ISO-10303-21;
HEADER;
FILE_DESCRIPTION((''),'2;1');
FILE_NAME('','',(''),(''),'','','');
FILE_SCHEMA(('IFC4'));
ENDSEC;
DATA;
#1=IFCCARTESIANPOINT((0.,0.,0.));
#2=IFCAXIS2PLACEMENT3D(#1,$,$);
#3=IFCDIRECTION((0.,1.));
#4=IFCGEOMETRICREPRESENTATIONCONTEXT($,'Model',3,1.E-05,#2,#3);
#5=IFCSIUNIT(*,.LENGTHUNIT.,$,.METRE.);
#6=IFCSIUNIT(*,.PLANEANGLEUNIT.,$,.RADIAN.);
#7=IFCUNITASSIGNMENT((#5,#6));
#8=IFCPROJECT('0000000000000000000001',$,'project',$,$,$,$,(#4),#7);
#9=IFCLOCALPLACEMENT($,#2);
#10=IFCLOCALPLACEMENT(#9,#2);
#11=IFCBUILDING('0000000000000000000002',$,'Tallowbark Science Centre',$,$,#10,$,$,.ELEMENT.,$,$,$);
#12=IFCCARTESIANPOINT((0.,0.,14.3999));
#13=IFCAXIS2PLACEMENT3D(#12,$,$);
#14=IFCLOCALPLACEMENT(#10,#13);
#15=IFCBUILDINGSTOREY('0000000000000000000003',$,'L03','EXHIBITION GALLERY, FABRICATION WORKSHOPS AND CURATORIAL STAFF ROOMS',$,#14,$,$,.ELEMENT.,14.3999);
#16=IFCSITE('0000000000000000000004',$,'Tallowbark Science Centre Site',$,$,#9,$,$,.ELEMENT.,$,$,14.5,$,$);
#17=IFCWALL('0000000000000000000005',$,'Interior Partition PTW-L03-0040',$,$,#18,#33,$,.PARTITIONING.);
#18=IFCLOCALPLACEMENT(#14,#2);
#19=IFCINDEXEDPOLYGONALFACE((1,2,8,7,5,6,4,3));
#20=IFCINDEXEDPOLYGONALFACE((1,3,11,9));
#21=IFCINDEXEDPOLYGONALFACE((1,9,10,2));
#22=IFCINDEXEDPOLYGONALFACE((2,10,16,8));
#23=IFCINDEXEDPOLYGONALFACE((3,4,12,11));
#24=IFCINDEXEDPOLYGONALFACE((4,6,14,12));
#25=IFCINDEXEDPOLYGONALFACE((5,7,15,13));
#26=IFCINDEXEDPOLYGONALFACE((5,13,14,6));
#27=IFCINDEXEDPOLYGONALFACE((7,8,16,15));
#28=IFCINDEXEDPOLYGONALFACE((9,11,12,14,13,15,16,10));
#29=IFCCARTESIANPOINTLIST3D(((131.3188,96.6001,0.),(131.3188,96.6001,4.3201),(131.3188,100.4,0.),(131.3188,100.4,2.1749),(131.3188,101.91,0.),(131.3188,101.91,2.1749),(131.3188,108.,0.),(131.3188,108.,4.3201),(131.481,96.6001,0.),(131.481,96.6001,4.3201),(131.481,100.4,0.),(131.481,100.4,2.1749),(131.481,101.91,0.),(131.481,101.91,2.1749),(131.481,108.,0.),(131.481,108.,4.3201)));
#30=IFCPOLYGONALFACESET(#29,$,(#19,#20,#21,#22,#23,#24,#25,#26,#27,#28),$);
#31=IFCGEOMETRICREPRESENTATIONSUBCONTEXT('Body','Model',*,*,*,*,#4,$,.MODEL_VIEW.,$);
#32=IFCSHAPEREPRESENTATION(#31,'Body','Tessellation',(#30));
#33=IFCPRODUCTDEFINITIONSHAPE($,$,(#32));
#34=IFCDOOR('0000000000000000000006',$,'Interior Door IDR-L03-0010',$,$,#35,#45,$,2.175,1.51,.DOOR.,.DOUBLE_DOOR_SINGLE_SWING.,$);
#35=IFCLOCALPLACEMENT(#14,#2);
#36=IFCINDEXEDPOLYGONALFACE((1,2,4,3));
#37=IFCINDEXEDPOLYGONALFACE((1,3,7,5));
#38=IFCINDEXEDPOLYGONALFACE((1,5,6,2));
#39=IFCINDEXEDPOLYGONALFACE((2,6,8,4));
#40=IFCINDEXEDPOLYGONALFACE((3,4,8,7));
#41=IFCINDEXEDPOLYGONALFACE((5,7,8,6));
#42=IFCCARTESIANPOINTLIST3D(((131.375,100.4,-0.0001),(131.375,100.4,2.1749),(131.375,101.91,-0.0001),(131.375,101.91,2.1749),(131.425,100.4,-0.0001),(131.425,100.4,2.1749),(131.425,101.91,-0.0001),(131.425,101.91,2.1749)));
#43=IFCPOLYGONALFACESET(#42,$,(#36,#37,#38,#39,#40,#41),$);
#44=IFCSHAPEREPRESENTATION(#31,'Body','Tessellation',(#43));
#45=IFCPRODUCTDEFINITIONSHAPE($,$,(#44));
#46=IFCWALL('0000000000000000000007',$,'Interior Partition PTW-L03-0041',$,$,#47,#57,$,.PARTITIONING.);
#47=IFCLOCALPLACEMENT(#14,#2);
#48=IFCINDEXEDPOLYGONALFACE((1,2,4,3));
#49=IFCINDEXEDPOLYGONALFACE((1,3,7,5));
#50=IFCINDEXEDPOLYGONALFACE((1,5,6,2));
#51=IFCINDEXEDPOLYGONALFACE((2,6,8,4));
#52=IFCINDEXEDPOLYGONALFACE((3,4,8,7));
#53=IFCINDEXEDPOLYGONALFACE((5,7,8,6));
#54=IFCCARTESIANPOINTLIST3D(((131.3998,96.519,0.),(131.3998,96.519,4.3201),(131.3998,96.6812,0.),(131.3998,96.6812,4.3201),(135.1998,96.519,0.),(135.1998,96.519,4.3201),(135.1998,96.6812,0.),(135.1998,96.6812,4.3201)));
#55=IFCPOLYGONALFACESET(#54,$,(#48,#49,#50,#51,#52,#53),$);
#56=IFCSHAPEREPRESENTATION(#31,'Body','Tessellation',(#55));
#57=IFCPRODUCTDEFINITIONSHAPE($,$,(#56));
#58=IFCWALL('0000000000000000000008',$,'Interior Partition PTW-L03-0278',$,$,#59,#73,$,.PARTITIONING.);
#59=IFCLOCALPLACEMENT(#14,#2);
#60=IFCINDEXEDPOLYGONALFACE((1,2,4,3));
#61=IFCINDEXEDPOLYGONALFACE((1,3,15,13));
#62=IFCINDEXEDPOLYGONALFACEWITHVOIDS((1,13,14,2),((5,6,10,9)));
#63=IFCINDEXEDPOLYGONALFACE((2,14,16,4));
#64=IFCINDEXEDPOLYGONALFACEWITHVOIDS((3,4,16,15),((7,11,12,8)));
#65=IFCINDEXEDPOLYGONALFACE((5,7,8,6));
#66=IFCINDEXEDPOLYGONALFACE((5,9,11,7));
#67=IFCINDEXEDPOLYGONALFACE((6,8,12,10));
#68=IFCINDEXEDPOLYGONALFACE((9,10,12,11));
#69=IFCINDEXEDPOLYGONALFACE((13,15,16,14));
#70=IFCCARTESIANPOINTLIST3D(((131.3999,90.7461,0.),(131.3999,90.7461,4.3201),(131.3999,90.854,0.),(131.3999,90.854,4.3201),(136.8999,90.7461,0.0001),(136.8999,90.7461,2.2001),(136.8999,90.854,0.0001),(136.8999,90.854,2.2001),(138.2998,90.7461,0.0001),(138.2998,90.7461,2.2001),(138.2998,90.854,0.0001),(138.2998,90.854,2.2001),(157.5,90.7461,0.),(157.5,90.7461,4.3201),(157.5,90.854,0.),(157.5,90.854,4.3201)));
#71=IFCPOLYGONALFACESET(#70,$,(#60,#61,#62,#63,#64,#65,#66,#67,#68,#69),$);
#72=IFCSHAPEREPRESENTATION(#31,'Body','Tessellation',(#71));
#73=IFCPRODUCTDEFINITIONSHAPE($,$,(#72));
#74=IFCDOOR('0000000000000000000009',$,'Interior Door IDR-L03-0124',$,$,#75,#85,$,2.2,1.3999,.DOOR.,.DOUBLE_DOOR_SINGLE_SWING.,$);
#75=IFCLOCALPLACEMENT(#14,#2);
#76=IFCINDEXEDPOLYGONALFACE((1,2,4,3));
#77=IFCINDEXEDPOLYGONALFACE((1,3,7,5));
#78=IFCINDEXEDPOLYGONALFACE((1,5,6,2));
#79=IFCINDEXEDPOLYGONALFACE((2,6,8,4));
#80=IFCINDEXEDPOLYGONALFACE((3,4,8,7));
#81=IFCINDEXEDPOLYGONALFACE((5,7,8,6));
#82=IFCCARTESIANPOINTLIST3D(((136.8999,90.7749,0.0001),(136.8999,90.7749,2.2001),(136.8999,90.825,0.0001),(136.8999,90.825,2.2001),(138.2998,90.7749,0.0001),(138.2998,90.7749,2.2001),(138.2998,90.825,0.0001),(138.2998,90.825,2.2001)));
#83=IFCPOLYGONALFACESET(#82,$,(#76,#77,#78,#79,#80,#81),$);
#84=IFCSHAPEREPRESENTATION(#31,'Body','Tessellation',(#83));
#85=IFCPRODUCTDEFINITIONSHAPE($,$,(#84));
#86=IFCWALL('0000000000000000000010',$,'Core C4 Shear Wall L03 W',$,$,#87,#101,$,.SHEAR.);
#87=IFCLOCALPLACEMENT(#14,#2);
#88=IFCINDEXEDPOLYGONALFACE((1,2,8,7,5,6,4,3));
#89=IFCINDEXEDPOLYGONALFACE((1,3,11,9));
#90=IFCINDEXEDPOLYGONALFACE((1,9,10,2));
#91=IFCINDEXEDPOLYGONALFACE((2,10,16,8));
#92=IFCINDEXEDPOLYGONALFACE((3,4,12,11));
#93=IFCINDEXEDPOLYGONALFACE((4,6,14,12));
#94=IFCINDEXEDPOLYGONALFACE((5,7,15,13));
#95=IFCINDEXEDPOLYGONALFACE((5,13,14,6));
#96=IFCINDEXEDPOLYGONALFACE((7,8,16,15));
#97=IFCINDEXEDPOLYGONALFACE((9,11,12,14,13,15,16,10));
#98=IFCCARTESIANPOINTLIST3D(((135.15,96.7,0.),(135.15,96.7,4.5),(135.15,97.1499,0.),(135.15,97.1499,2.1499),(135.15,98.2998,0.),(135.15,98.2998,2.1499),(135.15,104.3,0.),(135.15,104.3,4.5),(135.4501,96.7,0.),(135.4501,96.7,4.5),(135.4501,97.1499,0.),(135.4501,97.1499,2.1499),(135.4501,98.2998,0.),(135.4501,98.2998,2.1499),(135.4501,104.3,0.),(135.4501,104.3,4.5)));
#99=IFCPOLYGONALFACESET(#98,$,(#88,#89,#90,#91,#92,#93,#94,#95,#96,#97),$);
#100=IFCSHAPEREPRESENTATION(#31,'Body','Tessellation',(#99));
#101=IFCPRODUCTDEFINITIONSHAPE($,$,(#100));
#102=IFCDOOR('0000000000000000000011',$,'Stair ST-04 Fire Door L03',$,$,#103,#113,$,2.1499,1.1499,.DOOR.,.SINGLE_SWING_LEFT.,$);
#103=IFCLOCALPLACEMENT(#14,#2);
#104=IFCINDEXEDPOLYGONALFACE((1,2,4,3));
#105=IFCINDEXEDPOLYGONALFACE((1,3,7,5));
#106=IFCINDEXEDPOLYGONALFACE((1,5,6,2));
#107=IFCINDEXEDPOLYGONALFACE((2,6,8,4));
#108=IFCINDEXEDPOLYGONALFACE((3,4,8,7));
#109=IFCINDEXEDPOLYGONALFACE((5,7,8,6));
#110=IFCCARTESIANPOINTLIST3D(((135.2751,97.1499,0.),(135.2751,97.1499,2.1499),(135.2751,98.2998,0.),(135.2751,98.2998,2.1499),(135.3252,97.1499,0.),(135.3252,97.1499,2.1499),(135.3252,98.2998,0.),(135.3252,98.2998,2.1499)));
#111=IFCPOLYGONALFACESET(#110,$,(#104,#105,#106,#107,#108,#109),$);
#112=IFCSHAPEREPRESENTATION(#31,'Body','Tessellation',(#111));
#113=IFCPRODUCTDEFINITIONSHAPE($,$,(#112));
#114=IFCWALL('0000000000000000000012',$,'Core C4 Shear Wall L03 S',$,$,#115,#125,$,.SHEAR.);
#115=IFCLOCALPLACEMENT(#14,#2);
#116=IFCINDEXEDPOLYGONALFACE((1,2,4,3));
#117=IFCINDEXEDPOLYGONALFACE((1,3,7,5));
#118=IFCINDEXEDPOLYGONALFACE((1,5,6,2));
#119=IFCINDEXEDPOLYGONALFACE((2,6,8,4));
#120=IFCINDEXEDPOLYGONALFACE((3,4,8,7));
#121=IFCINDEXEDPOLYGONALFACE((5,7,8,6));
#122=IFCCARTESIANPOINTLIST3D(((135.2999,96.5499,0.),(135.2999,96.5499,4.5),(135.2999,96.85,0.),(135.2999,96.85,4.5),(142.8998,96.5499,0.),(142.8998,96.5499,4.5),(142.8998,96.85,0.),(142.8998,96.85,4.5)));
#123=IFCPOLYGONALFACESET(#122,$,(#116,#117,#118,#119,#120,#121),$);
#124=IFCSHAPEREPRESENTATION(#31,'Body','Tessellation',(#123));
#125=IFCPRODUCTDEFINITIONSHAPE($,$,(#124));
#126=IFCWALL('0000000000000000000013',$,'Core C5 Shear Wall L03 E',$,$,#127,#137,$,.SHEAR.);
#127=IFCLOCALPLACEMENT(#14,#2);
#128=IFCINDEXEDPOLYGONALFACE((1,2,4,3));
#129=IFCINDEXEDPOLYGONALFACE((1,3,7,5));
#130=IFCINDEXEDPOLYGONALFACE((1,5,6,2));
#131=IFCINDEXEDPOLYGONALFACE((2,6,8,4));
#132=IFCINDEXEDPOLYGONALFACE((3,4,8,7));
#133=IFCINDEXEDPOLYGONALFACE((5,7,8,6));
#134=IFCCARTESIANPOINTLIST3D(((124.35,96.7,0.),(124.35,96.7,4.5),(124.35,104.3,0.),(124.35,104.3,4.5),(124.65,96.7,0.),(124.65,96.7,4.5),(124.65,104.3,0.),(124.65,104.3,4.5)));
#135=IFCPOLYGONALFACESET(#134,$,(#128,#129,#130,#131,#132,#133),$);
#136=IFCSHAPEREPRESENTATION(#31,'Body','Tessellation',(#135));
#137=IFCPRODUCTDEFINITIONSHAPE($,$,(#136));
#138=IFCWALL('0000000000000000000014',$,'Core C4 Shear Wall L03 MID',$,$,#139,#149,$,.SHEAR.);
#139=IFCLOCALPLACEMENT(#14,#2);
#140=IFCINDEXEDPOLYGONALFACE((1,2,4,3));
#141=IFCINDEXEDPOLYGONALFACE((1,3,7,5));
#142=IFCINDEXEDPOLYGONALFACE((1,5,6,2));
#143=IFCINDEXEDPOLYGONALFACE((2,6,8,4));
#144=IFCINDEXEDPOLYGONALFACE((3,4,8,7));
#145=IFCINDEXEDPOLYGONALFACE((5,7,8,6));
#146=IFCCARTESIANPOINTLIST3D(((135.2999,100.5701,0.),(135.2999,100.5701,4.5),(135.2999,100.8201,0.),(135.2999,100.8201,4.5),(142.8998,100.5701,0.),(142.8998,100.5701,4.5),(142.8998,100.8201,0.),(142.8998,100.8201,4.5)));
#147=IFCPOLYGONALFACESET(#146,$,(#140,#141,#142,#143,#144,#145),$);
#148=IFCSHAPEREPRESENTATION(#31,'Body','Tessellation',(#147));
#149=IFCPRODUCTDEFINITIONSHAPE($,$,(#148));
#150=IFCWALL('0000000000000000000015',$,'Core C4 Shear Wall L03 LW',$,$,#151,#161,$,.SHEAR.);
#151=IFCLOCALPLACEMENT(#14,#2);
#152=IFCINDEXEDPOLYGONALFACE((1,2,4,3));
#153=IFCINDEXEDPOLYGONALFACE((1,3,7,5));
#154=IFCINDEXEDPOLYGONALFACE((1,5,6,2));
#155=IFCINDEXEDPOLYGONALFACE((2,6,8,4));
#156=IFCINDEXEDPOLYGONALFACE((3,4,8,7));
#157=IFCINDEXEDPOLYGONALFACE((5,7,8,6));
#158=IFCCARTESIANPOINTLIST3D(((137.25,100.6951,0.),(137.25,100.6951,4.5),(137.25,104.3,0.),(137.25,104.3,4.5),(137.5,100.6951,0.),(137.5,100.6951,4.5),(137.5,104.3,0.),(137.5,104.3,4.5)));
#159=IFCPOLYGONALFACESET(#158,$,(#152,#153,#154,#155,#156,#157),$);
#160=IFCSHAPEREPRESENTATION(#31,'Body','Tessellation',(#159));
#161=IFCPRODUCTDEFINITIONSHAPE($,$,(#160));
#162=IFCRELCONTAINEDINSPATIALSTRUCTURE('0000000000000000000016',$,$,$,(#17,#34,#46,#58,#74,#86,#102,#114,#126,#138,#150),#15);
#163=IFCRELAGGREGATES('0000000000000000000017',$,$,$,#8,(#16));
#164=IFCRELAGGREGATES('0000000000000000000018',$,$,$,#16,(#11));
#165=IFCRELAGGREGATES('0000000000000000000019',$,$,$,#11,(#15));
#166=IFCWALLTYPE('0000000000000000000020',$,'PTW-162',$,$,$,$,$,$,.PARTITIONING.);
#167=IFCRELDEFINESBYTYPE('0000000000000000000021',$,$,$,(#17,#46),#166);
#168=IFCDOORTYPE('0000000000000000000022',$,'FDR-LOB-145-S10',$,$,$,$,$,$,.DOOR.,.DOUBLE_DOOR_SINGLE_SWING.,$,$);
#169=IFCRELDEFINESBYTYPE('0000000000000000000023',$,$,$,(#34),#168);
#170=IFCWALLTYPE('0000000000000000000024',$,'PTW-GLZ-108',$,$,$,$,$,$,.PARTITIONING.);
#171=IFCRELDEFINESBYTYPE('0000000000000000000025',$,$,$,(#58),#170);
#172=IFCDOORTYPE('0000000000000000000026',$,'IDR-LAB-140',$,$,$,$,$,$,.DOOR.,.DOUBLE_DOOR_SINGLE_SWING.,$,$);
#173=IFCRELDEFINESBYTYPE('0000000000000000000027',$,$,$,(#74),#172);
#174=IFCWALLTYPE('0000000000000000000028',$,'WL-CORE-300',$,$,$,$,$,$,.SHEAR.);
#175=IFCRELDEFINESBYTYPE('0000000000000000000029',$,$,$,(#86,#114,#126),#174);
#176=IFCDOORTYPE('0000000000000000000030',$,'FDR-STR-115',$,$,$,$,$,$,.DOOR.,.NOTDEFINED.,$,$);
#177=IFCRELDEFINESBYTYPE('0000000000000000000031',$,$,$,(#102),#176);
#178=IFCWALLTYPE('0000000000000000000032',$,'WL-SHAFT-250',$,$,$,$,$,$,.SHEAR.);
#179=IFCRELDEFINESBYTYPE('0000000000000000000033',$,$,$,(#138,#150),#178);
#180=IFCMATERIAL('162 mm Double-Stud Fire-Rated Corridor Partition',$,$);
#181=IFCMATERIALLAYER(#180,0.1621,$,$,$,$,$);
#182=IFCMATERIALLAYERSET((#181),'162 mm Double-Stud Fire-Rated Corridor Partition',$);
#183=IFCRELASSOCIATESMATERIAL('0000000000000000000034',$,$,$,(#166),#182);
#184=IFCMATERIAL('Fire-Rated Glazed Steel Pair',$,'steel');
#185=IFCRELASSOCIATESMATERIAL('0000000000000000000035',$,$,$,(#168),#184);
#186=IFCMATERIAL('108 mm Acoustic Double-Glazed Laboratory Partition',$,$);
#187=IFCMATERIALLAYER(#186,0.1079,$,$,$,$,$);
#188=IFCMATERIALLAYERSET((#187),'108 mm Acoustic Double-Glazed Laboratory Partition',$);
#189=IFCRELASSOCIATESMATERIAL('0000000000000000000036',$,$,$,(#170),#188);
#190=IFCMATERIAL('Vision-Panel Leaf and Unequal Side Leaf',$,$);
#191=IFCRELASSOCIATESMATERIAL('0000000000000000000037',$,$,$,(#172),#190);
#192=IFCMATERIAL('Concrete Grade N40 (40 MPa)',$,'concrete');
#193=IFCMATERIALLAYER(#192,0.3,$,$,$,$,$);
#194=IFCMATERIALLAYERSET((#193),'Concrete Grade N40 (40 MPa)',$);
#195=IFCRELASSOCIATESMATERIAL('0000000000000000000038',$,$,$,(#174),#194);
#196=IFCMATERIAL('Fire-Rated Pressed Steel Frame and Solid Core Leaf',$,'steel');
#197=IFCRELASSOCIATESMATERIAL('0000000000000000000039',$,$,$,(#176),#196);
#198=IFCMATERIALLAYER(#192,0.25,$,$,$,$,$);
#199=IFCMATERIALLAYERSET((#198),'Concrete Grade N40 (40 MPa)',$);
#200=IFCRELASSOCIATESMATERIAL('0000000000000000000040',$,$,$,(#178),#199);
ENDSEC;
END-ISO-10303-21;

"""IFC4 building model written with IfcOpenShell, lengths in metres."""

from ifc_helpers import new_model, si_unit, direction, frame, frame_2d, origin, place, context, subcontext, project, spatial, rectangle, extrude, material, layer, layer_set, type_object, element, fill, save


model = new_model("IFC4")

# Units and contexts
model_context = context("Model", 3, precision=1e-05, world=origin(), true_north=direction((0.0, 1.0)))
body_context = subcontext(model_context, "Body", "Model", "MODEL_VIEW")
ifc_project = project(units=[si_unit("LENGTHUNIT", "METRE"), si_unit("PLANEANGLEUNIT", "RADIAN")], contexts=[model_context])

# Site, building, storey
site_placement = place(None, origin())
site = spatial("IfcSite", under=ifc_project, at=site_placement, Name="Tallowbark Science Centre Site", CompositionType="ELEMENT", RefElevation=14.5)
building_placement = place(site_placement, origin())
building = spatial("IfcBuilding", under=site, at=building_placement, Name="Tallowbark Science Centre", CompositionType="ELEMENT")
storey_placement = place(building_placement, frame((0.0, 0.0, 14.3999)))
storey = spatial("IfcBuildingStorey", under=building, at=storey_placement, Name="L03", Description="EXHIBITION GALLERY, FABRICATION WORKSHOPS AND CURATORIAL STAFF ROOMS", CompositionType="ELEMENT", Elevation=14.3999)

# Shared definitions
ifc_material_1 = material(Name="Concrete Grade N40 (40 MPa)", Category="concrete")

# Wall, opening, door
ifc_material_2 = material(Name="162 mm Double-Stud Fire-Rated Corridor Partition")
ifc_layer_1 = layer(ifc_material_2, 0.1621)
ifc_layer_set_1 = layer_set([ifc_layer_1], Name="162 mm Double-Stud Fire-Rated Corridor Partition")
wall_type_1 = type_object("IfcWallType", Name="PTW-162", PredefinedType="PARTITIONING", material=ifc_layer_set_1)
wall_1_placement = place(storey_placement, frame((131.3999, 96.6001, 0.0), z_axis=(0.0, 0.0, 1.0), x_axis=(0.0, 1.0, 0.0)))
wall_1 = element("IfcWall", 1, at=wall_1_placement, inside=storey, type_object=wall_type_1, Name="Interior Partition PTW-L03-0040", PredefinedType="PARTITIONING", context=body_context, shape_type="SweptSolid", body=[
    extrude(rectangle(XDim=11.3999, YDim=0.1621, at=frame_2d((5.7, 0.0))), origin(), (0.0, 0.0, 1.0), 4.3201),
])
opening_1_placement = place(wall_1_placement, frame((3.8, 0.0, 0.0)))
opening_1 = element("IfcOpeningElement", 2, at=opening_1_placement, cuts=wall_1, PredefinedType="OPENING", context=body_context, shape_type="SweptSolid", body=[
    extrude(rectangle(XDim=1.51, YDim=2.175, at=frame_2d((0.7549, 1.0874))), frame((0.0, 0.0911, 0.0), z_axis=(0.0, -1.0, 0.0), x_axis=(1.0, 0.0, 0.0)), (0.0, 0.0, 1.0), 0.1821),
])
ifc_material_3 = material(Name="Fire-Rated Glazed Steel Pair", Category="steel")
door_type_1 = type_object("IfcDoorType", Name="FDR-LOB-145-S10", OperationType="DOUBLE_DOOR_SINGLE_SWING", PredefinedType="DOOR", material=ifc_material_3)
door_1_placement = place(opening_1_placement, origin())
door_1 = element("IfcDoor", 3, at=door_1_placement, inside=storey, type_object=door_type_1, Name="Interior Door IDR-L03-0010", OperationType="DOUBLE_DOOR_SINGLE_SWING", OverallHeight=2.175, OverallWidth=1.51, PredefinedType="DOOR", context=body_context, shape_type="SweptSolid", body=[
    extrude(rectangle(XDim=1.51, YDim=2.175, at=frame_2d((0.7549, 1.0874))), frame((0.0, 0.0249, 0.0), z_axis=(0.0, -1.0, 0.0), x_axis=(1.0, 0.0, 0.0)), (0.0, 0.0, 1.0), 0.05),
])
fill(opening_1, door_1)

# Wall
wall_2_placement = place(storey_placement, frame((131.3999, 96.6001, 0.0), z_axis=(0.0, 0.0, 1.0), x_axis=(1.0, 0.0, 0.0)))
element("IfcWall", 4, at=wall_2_placement, inside=storey, type_object=wall_type_1, Name="Interior Partition PTW-L03-0041", PredefinedType="PARTITIONING", context=body_context, shape_type="SweptSolid", body=[
    extrude(rectangle(XDim=3.8, YDim=0.1621, at=frame_2d((1.8999, 0.0))), origin(), (0.0, 0.0, 1.0), 4.3201),
])

# Walls, openings, doors
ifc_material_4 = material(Name="108 mm Acoustic Double-Glazed Laboratory Partition")
ifc_layer_2 = layer(ifc_material_4, 0.1079)
ifc_layer_set_2 = layer_set([ifc_layer_2], Name="108 mm Acoustic Double-Glazed Laboratory Partition")
wall_type_2 = type_object("IfcWallType", Name="PTW-GLZ-108", PredefinedType="PARTITIONING", material=ifc_layer_set_2)
wall_3_placement = place(storey_placement, frame((131.3999, 90.8, 0.0), z_axis=(0.0, 0.0, 1.0), x_axis=(1.0, 0.0, 0.0)))
wall_3 = element("IfcWall", 5, at=wall_3_placement, inside=storey, type_object=wall_type_2, Name="Interior Partition PTW-L03-0278", PredefinedType="PARTITIONING", context=body_context, shape_type="SweptSolid", body=[
    extrude(rectangle(XDim=26.1001, YDim=0.1079, at=frame_2d((13.05, 0.0))), origin(), (0.0, 0.0, 1.0), 4.3201),
])
opening_2_placement = place(wall_3_placement, frame((5.5, 0.0, 0.0)))
opening_2 = element("IfcOpeningElement", 6, at=opening_2_placement, cuts=wall_3, PredefinedType="OPENING", context=body_context, shape_type="SweptSolid", body=[
    extrude(rectangle(XDim=1.3999, YDim=2.2, at=frame_2d((0.7, 1.1001))), frame((0.0, 0.064, 0.0), z_axis=(0.0, -1.0, 0.0), x_axis=(1.0, 0.0, 0.0)), (0.0, 0.0, 1.0), 0.1279),
])
ifc_material_5 = material(Name="Vision-Panel Leaf and Unequal Side Leaf")
door_type_2 = type_object("IfcDoorType", Name="IDR-LAB-140", OperationType="DOUBLE_DOOR_SINGLE_SWING", PredefinedType="DOOR", material=ifc_material_5)
door_2_placement = place(opening_2_placement, origin())
door_2 = element("IfcDoor", 7, at=door_2_placement, inside=storey, type_object=door_type_2, Name="Interior Door IDR-L03-0124", OperationType="DOUBLE_DOOR_SINGLE_SWING", OverallHeight=2.2, OverallWidth=1.3999, PredefinedType="DOOR", context=body_context, shape_type="SweptSolid", body=[
    extrude(rectangle(XDim=1.3999, YDim=2.2, at=frame_2d((0.7, 1.1001))), frame((0.0, 0.0249, 0.0), z_axis=(0.0, -1.0, 0.0), x_axis=(1.0, 0.0, 0.0)), (0.0, 0.0, 1.0), 0.05),
])
fill(opening_2, door_2)
ifc_layer_3 = layer(ifc_material_1, 0.3)
ifc_layer_set_3 = layer_set([ifc_layer_3], Name="Concrete Grade N40 (40 MPa)")
wall_type_3 = type_object("IfcWallType", Name="WL-CORE-300", PredefinedType="SHEAR", material=ifc_layer_set_3)
wall_4_placement = place(storey_placement, frame((135.3, 96.7, 0.0), z_axis=(0.0, 0.0, 1.0), x_axis=(0.0, 1.0, 0.0)))
wall_4 = element("IfcWall", 8, at=wall_4_placement, inside=storey, type_object=wall_type_3, Name="Core C4 Shear Wall L03 W", PredefinedType="SHEAR", context=body_context, shape_type="SweptSolid", body=[
    extrude(rectangle(XDim=7.6001, YDim=0.3, at=frame_2d((3.8, 0.0))), origin(), (0.0, 0.0, 1.0), 4.5),
])
opening_3_placement = place(wall_4_placement, frame((0.45, 0.0, 0.0)))
opening_3 = element("IfcOpeningElement", 9, at=opening_3_placement, cuts=wall_4, PredefinedType="OPENING", context=body_context, shape_type="SweptSolid", body=[
    extrude(rectangle(XDim=1.1499, YDim=2.1499, at=frame_2d((0.575, 1.075))), frame((0.0, 0.1602, 0.0), z_axis=(0.0, -1.0, 0.0), x_axis=(1.0, 0.0, 0.0)), (0.0, 0.0, 1.0), 0.3201),
])
ifc_material_6 = material(Name="Fire-Rated Pressed Steel Frame and Solid Core Leaf", Category="steel")
door_type_3 = type_object("IfcDoorType", Name="FDR-STR-115", OperationType="NOTDEFINED", PredefinedType="DOOR", material=ifc_material_6)
door_3_placement = place(opening_3_placement, origin())
door_3 = element("IfcDoor", 10, at=door_3_placement, inside=storey, type_object=door_type_3, Name="Stair ST-04 Fire Door L03", OperationType="SINGLE_SWING_LEFT", OverallHeight=2.1499, OverallWidth=1.1499, PredefinedType="DOOR", context=body_context, shape_type="SweptSolid", body=[
    extrude(rectangle(XDim=1.1499, YDim=2.1499, at=frame_2d((0.575, 1.075))), frame((0.0, 0.0249, 0.0), z_axis=(0.0, -1.0, 0.0), x_axis=(1.0, 0.0, 0.0)), (0.0, 0.0, 1.0), 0.05),
])
fill(opening_3, door_3)

# Walls
wall_5_placement = place(storey_placement, frame((135.3, 96.7, 0.0), z_axis=(0.0, 0.0, 1.0), x_axis=(1.0, 0.0, 0.0)))
element("IfcWall", 11, at=wall_5_placement, inside=storey, type_object=wall_type_3, Name="Core C4 Shear Wall L03 S", PredefinedType="SHEAR", context=body_context, shape_type="SweptSolid", body=[
    extrude(rectangle(XDim=7.5999, YDim=0.3, at=frame_2d((3.7998, 0.0))), origin(), (0.0, 0.0, 1.0), 4.5),
])
wall_6_placement = place(storey_placement, frame((124.5, 96.7, 0.0), z_axis=(0.0, 0.0, 1.0), x_axis=(0.0, 1.0, 0.0)))
element("IfcWall", 12, at=wall_6_placement, inside=storey, type_object=wall_type_3, Name="Core C5 Shear Wall L03 E", PredefinedType="SHEAR", context=body_context, shape_type="SweptSolid", body=[
    extrude(rectangle(XDim=7.6001, YDim=0.3, at=frame_2d((3.8, 0.0))), origin(), (0.0, 0.0, 1.0), 4.5),
])
ifc_layer_4 = layer(ifc_material_1, 0.25)
ifc_layer_set_4 = layer_set([ifc_layer_4], Name="Concrete Grade N40 (40 MPa)")
wall_type_4 = type_object("IfcWallType", Name="WL-SHAFT-250", PredefinedType="SHEAR", material=ifc_layer_set_4)
wall_7_placement = place(storey_placement, frame((135.3, 100.6951, 0.0), z_axis=(0.0, 0.0, 1.0), x_axis=(1.0, 0.0, 0.0)))
element("IfcWall", 13, at=wall_7_placement, inside=storey, type_object=wall_type_4, Name="Core C4 Shear Wall L03 MID", PredefinedType="SHEAR", context=body_context, shape_type="SweptSolid", body=[
    extrude(rectangle(XDim=7.5999, YDim=0.25, at=frame_2d((3.7998, 0.0))), origin(), (0.0, 0.0, 1.0), 4.5),
])
wall_8_placement = place(storey_placement, frame((137.375, 100.6951, 0.0), z_axis=(0.0, 0.0, 1.0), x_axis=(0.0, 1.0, 0.0)))
element("IfcWall", 14, at=wall_8_placement, inside=storey, type_object=wall_type_4, Name="Core C4 Shear Wall L03 LW", PredefinedType="SHEAR", context=body_context, shape_type="SweptSolid", body=[
    extrude(rectangle(XDim=3.605, YDim=0.25, at=frame_2d((1.8025, 0.0))), origin(), (0.0, 0.0, 1.0), 4.5),
])

save(model, "model.ifc")
